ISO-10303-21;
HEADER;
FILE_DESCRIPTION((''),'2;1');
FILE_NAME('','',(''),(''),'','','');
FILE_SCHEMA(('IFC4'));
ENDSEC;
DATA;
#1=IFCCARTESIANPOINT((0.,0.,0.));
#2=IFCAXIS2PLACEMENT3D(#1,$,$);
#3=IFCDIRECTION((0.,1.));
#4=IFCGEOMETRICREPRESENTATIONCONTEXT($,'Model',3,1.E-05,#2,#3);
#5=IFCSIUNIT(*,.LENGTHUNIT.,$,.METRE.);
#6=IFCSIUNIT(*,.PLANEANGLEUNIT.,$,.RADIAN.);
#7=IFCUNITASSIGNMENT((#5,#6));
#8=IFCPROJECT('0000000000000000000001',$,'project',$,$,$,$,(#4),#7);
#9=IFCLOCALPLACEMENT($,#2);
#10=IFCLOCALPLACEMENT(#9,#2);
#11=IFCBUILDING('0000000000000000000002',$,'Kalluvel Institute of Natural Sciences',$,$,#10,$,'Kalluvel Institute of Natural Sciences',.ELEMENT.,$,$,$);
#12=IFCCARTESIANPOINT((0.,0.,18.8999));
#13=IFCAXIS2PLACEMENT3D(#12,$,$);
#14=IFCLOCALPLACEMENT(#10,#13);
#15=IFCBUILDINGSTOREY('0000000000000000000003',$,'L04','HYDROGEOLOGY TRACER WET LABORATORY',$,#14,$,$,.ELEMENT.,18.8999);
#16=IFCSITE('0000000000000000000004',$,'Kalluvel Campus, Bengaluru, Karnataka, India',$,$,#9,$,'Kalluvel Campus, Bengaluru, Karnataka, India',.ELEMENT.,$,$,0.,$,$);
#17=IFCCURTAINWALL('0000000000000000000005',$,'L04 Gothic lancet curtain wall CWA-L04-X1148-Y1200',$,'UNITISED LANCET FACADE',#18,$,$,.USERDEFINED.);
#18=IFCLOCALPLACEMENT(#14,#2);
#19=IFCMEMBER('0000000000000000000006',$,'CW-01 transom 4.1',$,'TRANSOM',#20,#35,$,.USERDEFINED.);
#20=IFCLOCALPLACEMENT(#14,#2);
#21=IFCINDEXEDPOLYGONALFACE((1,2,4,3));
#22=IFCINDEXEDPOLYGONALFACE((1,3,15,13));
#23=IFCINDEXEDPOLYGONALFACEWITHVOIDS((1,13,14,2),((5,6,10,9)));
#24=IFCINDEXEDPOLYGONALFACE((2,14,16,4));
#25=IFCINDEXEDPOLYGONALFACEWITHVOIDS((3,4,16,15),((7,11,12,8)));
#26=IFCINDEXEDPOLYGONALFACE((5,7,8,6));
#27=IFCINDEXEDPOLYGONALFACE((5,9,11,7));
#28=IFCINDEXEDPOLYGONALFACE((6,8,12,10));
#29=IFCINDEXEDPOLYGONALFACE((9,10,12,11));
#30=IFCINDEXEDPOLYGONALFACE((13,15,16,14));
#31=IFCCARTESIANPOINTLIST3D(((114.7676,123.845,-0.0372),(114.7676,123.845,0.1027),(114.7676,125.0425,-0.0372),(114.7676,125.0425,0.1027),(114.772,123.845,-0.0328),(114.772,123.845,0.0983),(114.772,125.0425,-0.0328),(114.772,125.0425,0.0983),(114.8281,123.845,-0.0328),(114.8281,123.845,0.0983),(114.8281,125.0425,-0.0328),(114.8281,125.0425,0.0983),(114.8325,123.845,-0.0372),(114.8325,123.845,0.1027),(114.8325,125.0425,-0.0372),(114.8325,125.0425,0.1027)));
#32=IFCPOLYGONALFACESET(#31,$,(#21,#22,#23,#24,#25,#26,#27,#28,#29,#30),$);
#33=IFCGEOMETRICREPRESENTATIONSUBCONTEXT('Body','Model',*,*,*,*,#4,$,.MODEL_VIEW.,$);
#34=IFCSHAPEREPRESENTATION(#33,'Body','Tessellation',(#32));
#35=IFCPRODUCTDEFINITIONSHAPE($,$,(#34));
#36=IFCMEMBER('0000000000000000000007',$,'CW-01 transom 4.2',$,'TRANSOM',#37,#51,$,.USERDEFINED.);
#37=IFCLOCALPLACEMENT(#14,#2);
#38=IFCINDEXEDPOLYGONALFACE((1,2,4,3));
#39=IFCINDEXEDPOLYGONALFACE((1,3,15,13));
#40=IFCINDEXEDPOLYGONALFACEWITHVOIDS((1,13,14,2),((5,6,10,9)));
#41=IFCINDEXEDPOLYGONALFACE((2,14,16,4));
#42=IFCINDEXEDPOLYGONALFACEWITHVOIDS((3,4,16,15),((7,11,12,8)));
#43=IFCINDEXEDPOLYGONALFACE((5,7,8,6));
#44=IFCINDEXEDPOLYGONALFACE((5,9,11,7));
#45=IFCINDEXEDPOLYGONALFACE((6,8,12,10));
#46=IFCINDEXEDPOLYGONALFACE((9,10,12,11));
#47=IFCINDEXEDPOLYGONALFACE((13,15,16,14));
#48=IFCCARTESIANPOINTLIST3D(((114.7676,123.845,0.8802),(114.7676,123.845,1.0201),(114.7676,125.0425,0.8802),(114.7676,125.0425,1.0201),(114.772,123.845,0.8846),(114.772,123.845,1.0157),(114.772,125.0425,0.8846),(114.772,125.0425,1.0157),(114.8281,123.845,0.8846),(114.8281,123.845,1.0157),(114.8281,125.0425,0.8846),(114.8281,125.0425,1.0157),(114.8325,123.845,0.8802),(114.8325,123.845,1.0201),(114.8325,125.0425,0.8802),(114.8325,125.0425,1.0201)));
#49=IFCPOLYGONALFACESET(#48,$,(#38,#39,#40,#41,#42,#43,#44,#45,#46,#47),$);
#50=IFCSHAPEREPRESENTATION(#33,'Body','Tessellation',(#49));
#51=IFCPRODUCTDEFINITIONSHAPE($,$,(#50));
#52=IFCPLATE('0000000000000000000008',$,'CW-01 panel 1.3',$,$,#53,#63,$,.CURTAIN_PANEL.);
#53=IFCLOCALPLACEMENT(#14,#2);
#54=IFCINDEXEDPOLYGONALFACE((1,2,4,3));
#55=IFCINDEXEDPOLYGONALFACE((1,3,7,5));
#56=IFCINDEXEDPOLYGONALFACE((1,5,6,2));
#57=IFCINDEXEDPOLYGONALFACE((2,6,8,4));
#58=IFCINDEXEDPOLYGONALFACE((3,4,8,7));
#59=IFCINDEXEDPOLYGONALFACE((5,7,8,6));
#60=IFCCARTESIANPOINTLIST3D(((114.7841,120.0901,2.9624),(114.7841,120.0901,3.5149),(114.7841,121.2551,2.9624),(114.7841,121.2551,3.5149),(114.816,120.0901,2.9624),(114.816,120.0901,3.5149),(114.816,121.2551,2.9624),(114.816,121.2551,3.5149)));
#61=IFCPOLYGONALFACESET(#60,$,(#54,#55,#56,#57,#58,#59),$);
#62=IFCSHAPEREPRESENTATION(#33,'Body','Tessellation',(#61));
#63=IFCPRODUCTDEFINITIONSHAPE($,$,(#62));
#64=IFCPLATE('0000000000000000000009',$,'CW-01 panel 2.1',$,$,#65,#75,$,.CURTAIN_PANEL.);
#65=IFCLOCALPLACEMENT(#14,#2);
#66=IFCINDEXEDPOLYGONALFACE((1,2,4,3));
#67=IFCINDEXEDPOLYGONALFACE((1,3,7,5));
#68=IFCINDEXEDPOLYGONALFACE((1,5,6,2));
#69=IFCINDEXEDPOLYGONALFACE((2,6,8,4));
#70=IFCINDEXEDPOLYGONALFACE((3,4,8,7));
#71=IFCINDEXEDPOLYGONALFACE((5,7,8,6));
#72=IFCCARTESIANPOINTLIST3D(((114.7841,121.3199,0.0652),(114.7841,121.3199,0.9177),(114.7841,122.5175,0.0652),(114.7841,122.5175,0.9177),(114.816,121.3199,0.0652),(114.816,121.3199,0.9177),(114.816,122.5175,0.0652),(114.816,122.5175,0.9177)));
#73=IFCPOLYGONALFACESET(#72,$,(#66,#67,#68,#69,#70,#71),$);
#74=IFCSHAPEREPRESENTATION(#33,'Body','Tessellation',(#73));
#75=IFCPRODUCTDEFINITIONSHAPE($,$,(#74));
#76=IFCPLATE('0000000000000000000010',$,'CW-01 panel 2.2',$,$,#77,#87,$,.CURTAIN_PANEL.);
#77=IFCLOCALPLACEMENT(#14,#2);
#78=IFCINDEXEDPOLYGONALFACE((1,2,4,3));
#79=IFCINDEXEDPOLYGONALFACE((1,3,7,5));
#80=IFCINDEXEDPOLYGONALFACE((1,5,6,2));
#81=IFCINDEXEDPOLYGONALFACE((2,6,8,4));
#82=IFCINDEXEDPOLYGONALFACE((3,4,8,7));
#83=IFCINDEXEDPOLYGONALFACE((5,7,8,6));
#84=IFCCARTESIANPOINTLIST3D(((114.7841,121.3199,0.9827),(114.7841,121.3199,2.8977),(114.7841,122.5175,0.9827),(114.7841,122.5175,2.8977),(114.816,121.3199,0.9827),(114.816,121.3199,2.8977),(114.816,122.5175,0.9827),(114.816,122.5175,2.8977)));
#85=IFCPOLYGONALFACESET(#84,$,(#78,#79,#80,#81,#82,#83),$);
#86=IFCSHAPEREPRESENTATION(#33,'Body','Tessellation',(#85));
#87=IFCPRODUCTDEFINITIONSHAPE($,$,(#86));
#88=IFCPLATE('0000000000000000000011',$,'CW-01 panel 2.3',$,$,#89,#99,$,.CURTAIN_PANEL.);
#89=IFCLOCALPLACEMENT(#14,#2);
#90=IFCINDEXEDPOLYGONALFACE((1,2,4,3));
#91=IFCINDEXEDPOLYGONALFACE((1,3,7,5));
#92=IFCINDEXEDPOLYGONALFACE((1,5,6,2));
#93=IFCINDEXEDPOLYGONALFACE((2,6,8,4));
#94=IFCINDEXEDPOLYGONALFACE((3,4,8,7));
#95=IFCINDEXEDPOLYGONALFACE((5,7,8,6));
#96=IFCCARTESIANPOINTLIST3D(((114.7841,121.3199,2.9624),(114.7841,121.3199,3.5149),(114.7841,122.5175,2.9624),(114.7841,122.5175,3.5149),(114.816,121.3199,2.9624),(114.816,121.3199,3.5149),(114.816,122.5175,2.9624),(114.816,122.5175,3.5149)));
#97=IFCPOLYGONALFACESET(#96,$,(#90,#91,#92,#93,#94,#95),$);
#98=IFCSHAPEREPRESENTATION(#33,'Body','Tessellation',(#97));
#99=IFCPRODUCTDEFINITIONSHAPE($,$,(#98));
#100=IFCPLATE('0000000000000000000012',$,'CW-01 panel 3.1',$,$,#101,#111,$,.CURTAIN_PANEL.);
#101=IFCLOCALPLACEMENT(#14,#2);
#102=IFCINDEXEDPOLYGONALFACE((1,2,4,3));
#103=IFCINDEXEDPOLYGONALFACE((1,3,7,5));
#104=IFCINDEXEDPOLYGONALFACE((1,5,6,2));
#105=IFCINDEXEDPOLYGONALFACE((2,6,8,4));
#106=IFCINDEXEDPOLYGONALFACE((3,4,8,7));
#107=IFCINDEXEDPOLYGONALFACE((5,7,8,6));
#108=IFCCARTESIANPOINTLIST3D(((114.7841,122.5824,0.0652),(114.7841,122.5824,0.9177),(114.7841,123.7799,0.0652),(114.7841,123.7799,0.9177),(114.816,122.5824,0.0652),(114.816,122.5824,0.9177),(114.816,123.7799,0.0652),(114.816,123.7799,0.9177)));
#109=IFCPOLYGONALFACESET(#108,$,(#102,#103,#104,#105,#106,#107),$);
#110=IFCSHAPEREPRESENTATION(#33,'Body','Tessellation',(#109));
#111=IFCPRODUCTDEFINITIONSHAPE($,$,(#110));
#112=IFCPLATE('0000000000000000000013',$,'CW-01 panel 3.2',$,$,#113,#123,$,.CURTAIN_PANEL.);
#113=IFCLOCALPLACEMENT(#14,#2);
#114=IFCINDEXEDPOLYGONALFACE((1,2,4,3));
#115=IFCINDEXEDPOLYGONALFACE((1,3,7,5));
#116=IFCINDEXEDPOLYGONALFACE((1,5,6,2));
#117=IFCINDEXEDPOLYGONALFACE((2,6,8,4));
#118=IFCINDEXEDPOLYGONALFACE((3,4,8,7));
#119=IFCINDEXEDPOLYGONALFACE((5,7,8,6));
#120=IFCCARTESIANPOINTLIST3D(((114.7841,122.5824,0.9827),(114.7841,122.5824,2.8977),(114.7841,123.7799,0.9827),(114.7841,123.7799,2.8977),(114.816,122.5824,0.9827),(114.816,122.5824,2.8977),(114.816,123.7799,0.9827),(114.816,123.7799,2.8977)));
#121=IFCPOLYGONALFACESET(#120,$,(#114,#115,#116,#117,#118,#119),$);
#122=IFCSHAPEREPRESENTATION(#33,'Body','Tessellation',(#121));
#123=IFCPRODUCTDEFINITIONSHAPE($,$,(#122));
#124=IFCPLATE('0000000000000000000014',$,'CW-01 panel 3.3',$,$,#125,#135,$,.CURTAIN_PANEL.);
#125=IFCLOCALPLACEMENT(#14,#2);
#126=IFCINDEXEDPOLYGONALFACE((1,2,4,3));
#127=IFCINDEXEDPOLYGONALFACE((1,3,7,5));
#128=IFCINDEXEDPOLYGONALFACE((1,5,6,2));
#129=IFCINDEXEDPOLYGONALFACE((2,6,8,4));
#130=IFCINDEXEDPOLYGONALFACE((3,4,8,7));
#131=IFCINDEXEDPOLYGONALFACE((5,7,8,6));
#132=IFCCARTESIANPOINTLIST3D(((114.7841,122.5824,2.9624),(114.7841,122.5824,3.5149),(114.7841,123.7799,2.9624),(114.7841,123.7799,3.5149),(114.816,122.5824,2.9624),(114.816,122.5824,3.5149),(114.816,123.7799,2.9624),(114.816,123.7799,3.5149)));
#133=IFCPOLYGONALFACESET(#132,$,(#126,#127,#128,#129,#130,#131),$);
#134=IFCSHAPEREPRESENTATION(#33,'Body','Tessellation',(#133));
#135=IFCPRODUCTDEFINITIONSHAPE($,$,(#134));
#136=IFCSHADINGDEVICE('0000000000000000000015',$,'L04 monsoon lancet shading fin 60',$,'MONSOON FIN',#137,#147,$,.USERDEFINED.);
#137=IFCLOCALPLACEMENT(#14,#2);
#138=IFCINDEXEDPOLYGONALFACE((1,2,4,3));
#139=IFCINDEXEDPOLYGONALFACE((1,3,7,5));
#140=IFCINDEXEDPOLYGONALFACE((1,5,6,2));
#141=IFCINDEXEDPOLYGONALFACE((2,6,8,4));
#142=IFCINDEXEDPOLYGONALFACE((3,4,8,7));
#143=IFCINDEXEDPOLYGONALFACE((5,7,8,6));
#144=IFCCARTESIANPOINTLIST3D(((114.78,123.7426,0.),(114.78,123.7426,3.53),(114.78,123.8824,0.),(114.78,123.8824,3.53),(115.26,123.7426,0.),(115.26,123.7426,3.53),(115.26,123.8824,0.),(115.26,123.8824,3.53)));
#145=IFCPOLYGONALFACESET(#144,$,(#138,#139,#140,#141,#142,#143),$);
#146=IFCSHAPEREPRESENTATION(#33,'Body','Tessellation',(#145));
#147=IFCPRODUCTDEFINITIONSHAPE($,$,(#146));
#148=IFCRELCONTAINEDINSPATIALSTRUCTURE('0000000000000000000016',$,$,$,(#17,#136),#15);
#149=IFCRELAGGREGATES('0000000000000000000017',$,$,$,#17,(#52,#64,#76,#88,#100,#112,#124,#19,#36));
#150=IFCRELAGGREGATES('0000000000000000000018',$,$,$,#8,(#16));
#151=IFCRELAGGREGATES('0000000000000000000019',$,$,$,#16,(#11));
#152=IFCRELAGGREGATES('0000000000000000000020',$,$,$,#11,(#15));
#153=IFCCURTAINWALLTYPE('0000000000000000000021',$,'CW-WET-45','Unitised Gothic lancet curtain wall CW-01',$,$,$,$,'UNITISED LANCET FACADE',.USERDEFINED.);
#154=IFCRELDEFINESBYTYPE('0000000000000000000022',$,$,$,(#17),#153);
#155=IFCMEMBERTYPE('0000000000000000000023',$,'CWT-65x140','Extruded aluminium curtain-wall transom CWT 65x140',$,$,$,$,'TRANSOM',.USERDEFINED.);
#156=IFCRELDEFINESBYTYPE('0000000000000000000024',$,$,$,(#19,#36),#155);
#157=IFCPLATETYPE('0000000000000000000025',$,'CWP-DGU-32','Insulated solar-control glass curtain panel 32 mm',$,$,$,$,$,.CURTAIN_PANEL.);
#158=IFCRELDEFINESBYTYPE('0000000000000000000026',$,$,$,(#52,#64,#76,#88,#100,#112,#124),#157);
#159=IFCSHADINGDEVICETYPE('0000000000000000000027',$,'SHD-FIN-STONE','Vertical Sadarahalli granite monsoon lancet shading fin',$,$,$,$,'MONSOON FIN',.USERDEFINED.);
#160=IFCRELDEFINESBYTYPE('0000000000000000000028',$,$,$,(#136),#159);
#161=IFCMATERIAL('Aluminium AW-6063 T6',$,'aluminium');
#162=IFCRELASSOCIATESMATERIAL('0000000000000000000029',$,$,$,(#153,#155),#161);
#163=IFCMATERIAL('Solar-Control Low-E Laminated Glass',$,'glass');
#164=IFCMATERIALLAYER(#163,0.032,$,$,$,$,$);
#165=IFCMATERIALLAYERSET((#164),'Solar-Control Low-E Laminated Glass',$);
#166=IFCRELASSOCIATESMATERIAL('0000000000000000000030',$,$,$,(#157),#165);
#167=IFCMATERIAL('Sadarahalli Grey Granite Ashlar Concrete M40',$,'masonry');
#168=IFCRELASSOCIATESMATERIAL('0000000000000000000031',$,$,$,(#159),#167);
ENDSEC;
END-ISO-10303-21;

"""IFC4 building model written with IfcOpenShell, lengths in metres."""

from ifc_helpers import new_model, si_unit, direction, frame, origin, origin_2d, place, context, subcontext, project, spatial, rectangle, hollow_rectangle, extrude, material, layer, layer_set, material_profile, profile_set, type_object, element, aggregate, save


model = new_model("IFC4")

# Units and contexts
model_context = context("Model", 3, precision=1e-05, world=origin(), true_north=direction((0.0, 1.0)))
body_context = subcontext(model_context, "Body", "Model", "MODEL_VIEW")
ifc_project = project(units=[si_unit("LENGTHUNIT", "METRE"), si_unit("PLANEANGLEUNIT", "RADIAN")], contexts=[model_context])

# Site, building, storey
site_placement = place(None, origin())
site = spatial("IfcSite", under=ifc_project, at=site_placement, Name="Kalluvel Campus, Bengaluru, Karnataka, India", LongName="Kalluvel Campus, Bengaluru, Karnataka, India", CompositionType="ELEMENT", RefElevation=0.0)
building_placement = place(site_placement, origin())
building = spatial("IfcBuilding", under=site, at=building_placement, Name="Kalluvel Institute of Natural Sciences", LongName="Kalluvel Institute of Natural Sciences", CompositionType="ELEMENT")
storey_placement = place(building_placement, frame((0.0, 0.0, 18.8999)))
storey = spatial("IfcBuildingStorey", under=building, at=storey_placement, Name="L04", Description="HYDROGEOLOGY TRACER WET LABORATORY", CompositionType="ELEMENT", Elevation=18.8999)

# Curtain wall, members, plates
ifc_material_1 = material(Name="Aluminium AW-6063 T6", Category="aluminium")
curtain_wall_type = type_object("IfcCurtainWallType", Name="CW-WET-45", Description="Unitised Gothic lancet curtain wall CW-01", ElementType="UNITISED LANCET FACADE", PredefinedType="USERDEFINED", material=ifc_material_1)
curtain_wall_placement = place(storey_placement, origin())
curtain_wall = element("IfcCurtainWall", 1, at=curtain_wall_placement, inside=storey, type_object=curtain_wall_type, Name="L04 Gothic lancet curtain wall CWA-L04-X1148-Y1200", ObjectType="UNITISED LANCET FACADE", PredefinedType="USERDEFINED")
ifc_material_profile_1 = material_profile(ifc_material_1, hollow_rectangle(XDim=0.0649, YDim=0.1399, WallThickness=0.0044, at=origin_2d()), Name="CWT 65x140")
ifc_profile_set_1 = profile_set([ifc_material_profile_1], Name="Aluminium AW-6063 T6")
member_type_1 = type_object("IfcMemberType", Name="CWT-65x140", Description="Extruded aluminium curtain-wall transom CWT 65x140", ElementType="TRANSOM", PredefinedType="USERDEFINED", material=ifc_profile_set_1)
member_1_placement = place(storey_placement, frame((114.8, 123.845, 0.0327), z_axis=(0.0, 1.0, 0.0), x_axis=(-1.0, 0.0, 0.0)))
member_1 = element("IfcMember", 2, at=member_1_placement, type_object=member_type_1, Name="CW-01 transom 4.1", ObjectType="TRANSOM", PredefinedType="USERDEFINED", context=body_context, shape_type="SweptSolid", body=[
    extrude(hollow_rectangle(XDim=0.0649, YDim=0.1399, WallThickness=0.0044, at=origin_2d()), origin(), (0.0, 0.0, 1.0), 1.1975),
])
member_2_placement = place(storey_placement, frame((114.8, 123.845, 0.9502), z_axis=(0.0, 1.0, 0.0), x_axis=(-1.0, 0.0, 0.0)))
member_2 = element("IfcMember", 3, at=member_2_placement, type_object=member_type_1, Name="CW-01 transom 4.2", ObjectType="TRANSOM", PredefinedType="USERDEFINED", context=body_context, shape_type="SweptSolid", body=[
    extrude(hollow_rectangle(XDim=0.0649, YDim=0.1399, WallThickness=0.0044, at=origin_2d()), origin(), (0.0, 0.0, 1.0), 1.1975),
])
ifc_material_2 = material(Name="Solar-Control Low-E Laminated Glass", Category="glass")
ifc_layer = layer(ifc_material_2, 0.032)
ifc_layer_set = layer_set([ifc_layer], Name="Solar-Control Low-E Laminated Glass")
plate_type = type_object("IfcPlateType", Name="CWP-DGU-32", Description="Insulated solar-control glass curtain panel 32 mm", PredefinedType="CURTAIN_PANEL", material=ifc_layer_set)
plate_1_placement = place(storey_placement, frame((114.8, 120.6726, 2.9624), z_axis=(0.0, 0.0, 1.0), x_axis=(0.0, 1.0, 0.0)))
plate_1 = element("IfcPlate", 4, at=plate_1_placement, type_object=plate_type, Name="CW-01 panel 1.3", PredefinedType="CURTAIN_PANEL", context=body_context, shape_type="SweptSolid", body=[
    extrude(rectangle(XDim=1.165, YDim=0.032, at=origin_2d()), origin(), (0.0, 0.0, 1.0), 0.5525),
])
plate_2_placement = place(storey_placement, frame((114.8, 121.9187, 0.0652), z_axis=(0.0, 0.0, 1.0), x_axis=(0.0, 1.0, 0.0)))
plate_2 = element("IfcPlate", 5, at=plate_2_placement, type_object=plate_type, Name="CW-01 panel 2.1", PredefinedType="CURTAIN_PANEL", context=body_context, shape_type="SweptSolid", body=[
    extrude(rectangle(XDim=1.1975, YDim=0.032, at=origin_2d()), origin(), (0.0, 0.0, 1.0), 0.8525),
])
plate_3_placement = place(storey_placement, frame((114.8, 121.9187, 0.9827), z_axis=(0.0, 0.0, 1.0), x_axis=(0.0, 1.0, 0.0)))
plate_3 = element("IfcPlate", 6, at=plate_3_placement, type_object=plate_type, Name="CW-01 panel 2.2", PredefinedType="CURTAIN_PANEL", context=body_context, shape_type="SweptSolid", body=[
    extrude(rectangle(XDim=1.1975, YDim=0.032, at=origin_2d()), origin(), (0.0, 0.0, 1.0), 1.915),
])
plate_4_placement = place(storey_placement, frame((114.8, 121.9187, 2.9624), z_axis=(0.0, 0.0, 1.0), x_axis=(0.0, 1.0, 0.0)))
plate_4 = element("IfcPlate", 7, at=plate_4_placement, type_object=plate_type, Name="CW-01 panel 2.3", PredefinedType="CURTAIN_PANEL", context=body_context, shape_type="SweptSolid", body=[
    extrude(rectangle(XDim=1.1975, YDim=0.032, at=origin_2d()), origin(), (0.0, 0.0, 1.0), 0.5525),
])
plate_5_placement = place(storey_placement, frame((114.8, 123.1812, 0.0652), z_axis=(0.0, 0.0, 1.0), x_axis=(0.0, 1.0, 0.0)))
plate_5 = element("IfcPlate", 8, at=plate_5_placement, type_object=plate_type, Name="CW-01 panel 3.1", PredefinedType="CURTAIN_PANEL", context=body_context, shape_type="SweptSolid", body=[
    extrude(rectangle(XDim=1.1975, YDim=0.032, at=origin_2d()), origin(), (0.0, 0.0, 1.0), 0.8525),
])
plate_6_placement = place(storey_placement, frame((114.8, 123.1812, 0.9827), z_axis=(0.0, 0.0, 1.0), x_axis=(0.0, 1.0, 0.0)))
plate_6 = element("IfcPlate", 9, at=plate_6_placement, type_object=plate_type, Name="CW-01 panel 3.2", PredefinedType="CURTAIN_PANEL", context=body_context, shape_type="SweptSolid", body=[
    extrude(rectangle(XDim=1.1975, YDim=0.032, at=origin_2d()), origin(), (0.0, 0.0, 1.0), 1.915),
])
plate_7_placement = place(storey_placement, frame((114.8, 123.1812, 2.9624), z_axis=(0.0, 0.0, 1.0), x_axis=(0.0, 1.0, 0.0)))
plate_7 = element("IfcPlate", 10, at=plate_7_placement, type_object=plate_type, Name="CW-01 panel 3.3", PredefinedType="CURTAIN_PANEL", context=body_context, shape_type="SweptSolid", body=[
    extrude(rectangle(XDim=1.1975, YDim=0.032, at=origin_2d()), origin(), (0.0, 0.0, 1.0), 0.5525),
])
aggregate(curtain_wall, [plate_1, plate_2, plate_3, plate_4, plate_5, plate_6, plate_7, member_1, member_2])

# Shading device
ifc_material_3 = material(Name="Sadarahalli Grey Granite Ashlar Concrete M40", Category="masonry")
shading_device_type = type_object("IfcShadingDeviceType", Name="SHD-FIN-STONE", Description="Vertical Sadarahalli granite monsoon lancet shading fin", ElementType="MONSOON FIN", PredefinedType="USERDEFINED", material=ifc_material_3)
shading_device_placement = place(storey_placement, frame((115.02, 123.8125, 0.0), z_axis=(0.0, 0.0, 1.0), x_axis=(0.0, 1.0, 0.0)))
element("IfcShadingDevice", 11, at=shading_device_placement, inside=storey, type_object=shading_device_type, Name="L04 monsoon lancet shading fin 60", ObjectType="MONSOON FIN", PredefinedType="USERDEFINED", context=body_context, shape_type="SweptSolid", body=[
    extrude(rectangle(XDim=0.1399, YDim=0.48, at=origin_2d()), origin(), (0.0, 0.0, 1.0), 3.53),
])

save(model, "model.ifc")
